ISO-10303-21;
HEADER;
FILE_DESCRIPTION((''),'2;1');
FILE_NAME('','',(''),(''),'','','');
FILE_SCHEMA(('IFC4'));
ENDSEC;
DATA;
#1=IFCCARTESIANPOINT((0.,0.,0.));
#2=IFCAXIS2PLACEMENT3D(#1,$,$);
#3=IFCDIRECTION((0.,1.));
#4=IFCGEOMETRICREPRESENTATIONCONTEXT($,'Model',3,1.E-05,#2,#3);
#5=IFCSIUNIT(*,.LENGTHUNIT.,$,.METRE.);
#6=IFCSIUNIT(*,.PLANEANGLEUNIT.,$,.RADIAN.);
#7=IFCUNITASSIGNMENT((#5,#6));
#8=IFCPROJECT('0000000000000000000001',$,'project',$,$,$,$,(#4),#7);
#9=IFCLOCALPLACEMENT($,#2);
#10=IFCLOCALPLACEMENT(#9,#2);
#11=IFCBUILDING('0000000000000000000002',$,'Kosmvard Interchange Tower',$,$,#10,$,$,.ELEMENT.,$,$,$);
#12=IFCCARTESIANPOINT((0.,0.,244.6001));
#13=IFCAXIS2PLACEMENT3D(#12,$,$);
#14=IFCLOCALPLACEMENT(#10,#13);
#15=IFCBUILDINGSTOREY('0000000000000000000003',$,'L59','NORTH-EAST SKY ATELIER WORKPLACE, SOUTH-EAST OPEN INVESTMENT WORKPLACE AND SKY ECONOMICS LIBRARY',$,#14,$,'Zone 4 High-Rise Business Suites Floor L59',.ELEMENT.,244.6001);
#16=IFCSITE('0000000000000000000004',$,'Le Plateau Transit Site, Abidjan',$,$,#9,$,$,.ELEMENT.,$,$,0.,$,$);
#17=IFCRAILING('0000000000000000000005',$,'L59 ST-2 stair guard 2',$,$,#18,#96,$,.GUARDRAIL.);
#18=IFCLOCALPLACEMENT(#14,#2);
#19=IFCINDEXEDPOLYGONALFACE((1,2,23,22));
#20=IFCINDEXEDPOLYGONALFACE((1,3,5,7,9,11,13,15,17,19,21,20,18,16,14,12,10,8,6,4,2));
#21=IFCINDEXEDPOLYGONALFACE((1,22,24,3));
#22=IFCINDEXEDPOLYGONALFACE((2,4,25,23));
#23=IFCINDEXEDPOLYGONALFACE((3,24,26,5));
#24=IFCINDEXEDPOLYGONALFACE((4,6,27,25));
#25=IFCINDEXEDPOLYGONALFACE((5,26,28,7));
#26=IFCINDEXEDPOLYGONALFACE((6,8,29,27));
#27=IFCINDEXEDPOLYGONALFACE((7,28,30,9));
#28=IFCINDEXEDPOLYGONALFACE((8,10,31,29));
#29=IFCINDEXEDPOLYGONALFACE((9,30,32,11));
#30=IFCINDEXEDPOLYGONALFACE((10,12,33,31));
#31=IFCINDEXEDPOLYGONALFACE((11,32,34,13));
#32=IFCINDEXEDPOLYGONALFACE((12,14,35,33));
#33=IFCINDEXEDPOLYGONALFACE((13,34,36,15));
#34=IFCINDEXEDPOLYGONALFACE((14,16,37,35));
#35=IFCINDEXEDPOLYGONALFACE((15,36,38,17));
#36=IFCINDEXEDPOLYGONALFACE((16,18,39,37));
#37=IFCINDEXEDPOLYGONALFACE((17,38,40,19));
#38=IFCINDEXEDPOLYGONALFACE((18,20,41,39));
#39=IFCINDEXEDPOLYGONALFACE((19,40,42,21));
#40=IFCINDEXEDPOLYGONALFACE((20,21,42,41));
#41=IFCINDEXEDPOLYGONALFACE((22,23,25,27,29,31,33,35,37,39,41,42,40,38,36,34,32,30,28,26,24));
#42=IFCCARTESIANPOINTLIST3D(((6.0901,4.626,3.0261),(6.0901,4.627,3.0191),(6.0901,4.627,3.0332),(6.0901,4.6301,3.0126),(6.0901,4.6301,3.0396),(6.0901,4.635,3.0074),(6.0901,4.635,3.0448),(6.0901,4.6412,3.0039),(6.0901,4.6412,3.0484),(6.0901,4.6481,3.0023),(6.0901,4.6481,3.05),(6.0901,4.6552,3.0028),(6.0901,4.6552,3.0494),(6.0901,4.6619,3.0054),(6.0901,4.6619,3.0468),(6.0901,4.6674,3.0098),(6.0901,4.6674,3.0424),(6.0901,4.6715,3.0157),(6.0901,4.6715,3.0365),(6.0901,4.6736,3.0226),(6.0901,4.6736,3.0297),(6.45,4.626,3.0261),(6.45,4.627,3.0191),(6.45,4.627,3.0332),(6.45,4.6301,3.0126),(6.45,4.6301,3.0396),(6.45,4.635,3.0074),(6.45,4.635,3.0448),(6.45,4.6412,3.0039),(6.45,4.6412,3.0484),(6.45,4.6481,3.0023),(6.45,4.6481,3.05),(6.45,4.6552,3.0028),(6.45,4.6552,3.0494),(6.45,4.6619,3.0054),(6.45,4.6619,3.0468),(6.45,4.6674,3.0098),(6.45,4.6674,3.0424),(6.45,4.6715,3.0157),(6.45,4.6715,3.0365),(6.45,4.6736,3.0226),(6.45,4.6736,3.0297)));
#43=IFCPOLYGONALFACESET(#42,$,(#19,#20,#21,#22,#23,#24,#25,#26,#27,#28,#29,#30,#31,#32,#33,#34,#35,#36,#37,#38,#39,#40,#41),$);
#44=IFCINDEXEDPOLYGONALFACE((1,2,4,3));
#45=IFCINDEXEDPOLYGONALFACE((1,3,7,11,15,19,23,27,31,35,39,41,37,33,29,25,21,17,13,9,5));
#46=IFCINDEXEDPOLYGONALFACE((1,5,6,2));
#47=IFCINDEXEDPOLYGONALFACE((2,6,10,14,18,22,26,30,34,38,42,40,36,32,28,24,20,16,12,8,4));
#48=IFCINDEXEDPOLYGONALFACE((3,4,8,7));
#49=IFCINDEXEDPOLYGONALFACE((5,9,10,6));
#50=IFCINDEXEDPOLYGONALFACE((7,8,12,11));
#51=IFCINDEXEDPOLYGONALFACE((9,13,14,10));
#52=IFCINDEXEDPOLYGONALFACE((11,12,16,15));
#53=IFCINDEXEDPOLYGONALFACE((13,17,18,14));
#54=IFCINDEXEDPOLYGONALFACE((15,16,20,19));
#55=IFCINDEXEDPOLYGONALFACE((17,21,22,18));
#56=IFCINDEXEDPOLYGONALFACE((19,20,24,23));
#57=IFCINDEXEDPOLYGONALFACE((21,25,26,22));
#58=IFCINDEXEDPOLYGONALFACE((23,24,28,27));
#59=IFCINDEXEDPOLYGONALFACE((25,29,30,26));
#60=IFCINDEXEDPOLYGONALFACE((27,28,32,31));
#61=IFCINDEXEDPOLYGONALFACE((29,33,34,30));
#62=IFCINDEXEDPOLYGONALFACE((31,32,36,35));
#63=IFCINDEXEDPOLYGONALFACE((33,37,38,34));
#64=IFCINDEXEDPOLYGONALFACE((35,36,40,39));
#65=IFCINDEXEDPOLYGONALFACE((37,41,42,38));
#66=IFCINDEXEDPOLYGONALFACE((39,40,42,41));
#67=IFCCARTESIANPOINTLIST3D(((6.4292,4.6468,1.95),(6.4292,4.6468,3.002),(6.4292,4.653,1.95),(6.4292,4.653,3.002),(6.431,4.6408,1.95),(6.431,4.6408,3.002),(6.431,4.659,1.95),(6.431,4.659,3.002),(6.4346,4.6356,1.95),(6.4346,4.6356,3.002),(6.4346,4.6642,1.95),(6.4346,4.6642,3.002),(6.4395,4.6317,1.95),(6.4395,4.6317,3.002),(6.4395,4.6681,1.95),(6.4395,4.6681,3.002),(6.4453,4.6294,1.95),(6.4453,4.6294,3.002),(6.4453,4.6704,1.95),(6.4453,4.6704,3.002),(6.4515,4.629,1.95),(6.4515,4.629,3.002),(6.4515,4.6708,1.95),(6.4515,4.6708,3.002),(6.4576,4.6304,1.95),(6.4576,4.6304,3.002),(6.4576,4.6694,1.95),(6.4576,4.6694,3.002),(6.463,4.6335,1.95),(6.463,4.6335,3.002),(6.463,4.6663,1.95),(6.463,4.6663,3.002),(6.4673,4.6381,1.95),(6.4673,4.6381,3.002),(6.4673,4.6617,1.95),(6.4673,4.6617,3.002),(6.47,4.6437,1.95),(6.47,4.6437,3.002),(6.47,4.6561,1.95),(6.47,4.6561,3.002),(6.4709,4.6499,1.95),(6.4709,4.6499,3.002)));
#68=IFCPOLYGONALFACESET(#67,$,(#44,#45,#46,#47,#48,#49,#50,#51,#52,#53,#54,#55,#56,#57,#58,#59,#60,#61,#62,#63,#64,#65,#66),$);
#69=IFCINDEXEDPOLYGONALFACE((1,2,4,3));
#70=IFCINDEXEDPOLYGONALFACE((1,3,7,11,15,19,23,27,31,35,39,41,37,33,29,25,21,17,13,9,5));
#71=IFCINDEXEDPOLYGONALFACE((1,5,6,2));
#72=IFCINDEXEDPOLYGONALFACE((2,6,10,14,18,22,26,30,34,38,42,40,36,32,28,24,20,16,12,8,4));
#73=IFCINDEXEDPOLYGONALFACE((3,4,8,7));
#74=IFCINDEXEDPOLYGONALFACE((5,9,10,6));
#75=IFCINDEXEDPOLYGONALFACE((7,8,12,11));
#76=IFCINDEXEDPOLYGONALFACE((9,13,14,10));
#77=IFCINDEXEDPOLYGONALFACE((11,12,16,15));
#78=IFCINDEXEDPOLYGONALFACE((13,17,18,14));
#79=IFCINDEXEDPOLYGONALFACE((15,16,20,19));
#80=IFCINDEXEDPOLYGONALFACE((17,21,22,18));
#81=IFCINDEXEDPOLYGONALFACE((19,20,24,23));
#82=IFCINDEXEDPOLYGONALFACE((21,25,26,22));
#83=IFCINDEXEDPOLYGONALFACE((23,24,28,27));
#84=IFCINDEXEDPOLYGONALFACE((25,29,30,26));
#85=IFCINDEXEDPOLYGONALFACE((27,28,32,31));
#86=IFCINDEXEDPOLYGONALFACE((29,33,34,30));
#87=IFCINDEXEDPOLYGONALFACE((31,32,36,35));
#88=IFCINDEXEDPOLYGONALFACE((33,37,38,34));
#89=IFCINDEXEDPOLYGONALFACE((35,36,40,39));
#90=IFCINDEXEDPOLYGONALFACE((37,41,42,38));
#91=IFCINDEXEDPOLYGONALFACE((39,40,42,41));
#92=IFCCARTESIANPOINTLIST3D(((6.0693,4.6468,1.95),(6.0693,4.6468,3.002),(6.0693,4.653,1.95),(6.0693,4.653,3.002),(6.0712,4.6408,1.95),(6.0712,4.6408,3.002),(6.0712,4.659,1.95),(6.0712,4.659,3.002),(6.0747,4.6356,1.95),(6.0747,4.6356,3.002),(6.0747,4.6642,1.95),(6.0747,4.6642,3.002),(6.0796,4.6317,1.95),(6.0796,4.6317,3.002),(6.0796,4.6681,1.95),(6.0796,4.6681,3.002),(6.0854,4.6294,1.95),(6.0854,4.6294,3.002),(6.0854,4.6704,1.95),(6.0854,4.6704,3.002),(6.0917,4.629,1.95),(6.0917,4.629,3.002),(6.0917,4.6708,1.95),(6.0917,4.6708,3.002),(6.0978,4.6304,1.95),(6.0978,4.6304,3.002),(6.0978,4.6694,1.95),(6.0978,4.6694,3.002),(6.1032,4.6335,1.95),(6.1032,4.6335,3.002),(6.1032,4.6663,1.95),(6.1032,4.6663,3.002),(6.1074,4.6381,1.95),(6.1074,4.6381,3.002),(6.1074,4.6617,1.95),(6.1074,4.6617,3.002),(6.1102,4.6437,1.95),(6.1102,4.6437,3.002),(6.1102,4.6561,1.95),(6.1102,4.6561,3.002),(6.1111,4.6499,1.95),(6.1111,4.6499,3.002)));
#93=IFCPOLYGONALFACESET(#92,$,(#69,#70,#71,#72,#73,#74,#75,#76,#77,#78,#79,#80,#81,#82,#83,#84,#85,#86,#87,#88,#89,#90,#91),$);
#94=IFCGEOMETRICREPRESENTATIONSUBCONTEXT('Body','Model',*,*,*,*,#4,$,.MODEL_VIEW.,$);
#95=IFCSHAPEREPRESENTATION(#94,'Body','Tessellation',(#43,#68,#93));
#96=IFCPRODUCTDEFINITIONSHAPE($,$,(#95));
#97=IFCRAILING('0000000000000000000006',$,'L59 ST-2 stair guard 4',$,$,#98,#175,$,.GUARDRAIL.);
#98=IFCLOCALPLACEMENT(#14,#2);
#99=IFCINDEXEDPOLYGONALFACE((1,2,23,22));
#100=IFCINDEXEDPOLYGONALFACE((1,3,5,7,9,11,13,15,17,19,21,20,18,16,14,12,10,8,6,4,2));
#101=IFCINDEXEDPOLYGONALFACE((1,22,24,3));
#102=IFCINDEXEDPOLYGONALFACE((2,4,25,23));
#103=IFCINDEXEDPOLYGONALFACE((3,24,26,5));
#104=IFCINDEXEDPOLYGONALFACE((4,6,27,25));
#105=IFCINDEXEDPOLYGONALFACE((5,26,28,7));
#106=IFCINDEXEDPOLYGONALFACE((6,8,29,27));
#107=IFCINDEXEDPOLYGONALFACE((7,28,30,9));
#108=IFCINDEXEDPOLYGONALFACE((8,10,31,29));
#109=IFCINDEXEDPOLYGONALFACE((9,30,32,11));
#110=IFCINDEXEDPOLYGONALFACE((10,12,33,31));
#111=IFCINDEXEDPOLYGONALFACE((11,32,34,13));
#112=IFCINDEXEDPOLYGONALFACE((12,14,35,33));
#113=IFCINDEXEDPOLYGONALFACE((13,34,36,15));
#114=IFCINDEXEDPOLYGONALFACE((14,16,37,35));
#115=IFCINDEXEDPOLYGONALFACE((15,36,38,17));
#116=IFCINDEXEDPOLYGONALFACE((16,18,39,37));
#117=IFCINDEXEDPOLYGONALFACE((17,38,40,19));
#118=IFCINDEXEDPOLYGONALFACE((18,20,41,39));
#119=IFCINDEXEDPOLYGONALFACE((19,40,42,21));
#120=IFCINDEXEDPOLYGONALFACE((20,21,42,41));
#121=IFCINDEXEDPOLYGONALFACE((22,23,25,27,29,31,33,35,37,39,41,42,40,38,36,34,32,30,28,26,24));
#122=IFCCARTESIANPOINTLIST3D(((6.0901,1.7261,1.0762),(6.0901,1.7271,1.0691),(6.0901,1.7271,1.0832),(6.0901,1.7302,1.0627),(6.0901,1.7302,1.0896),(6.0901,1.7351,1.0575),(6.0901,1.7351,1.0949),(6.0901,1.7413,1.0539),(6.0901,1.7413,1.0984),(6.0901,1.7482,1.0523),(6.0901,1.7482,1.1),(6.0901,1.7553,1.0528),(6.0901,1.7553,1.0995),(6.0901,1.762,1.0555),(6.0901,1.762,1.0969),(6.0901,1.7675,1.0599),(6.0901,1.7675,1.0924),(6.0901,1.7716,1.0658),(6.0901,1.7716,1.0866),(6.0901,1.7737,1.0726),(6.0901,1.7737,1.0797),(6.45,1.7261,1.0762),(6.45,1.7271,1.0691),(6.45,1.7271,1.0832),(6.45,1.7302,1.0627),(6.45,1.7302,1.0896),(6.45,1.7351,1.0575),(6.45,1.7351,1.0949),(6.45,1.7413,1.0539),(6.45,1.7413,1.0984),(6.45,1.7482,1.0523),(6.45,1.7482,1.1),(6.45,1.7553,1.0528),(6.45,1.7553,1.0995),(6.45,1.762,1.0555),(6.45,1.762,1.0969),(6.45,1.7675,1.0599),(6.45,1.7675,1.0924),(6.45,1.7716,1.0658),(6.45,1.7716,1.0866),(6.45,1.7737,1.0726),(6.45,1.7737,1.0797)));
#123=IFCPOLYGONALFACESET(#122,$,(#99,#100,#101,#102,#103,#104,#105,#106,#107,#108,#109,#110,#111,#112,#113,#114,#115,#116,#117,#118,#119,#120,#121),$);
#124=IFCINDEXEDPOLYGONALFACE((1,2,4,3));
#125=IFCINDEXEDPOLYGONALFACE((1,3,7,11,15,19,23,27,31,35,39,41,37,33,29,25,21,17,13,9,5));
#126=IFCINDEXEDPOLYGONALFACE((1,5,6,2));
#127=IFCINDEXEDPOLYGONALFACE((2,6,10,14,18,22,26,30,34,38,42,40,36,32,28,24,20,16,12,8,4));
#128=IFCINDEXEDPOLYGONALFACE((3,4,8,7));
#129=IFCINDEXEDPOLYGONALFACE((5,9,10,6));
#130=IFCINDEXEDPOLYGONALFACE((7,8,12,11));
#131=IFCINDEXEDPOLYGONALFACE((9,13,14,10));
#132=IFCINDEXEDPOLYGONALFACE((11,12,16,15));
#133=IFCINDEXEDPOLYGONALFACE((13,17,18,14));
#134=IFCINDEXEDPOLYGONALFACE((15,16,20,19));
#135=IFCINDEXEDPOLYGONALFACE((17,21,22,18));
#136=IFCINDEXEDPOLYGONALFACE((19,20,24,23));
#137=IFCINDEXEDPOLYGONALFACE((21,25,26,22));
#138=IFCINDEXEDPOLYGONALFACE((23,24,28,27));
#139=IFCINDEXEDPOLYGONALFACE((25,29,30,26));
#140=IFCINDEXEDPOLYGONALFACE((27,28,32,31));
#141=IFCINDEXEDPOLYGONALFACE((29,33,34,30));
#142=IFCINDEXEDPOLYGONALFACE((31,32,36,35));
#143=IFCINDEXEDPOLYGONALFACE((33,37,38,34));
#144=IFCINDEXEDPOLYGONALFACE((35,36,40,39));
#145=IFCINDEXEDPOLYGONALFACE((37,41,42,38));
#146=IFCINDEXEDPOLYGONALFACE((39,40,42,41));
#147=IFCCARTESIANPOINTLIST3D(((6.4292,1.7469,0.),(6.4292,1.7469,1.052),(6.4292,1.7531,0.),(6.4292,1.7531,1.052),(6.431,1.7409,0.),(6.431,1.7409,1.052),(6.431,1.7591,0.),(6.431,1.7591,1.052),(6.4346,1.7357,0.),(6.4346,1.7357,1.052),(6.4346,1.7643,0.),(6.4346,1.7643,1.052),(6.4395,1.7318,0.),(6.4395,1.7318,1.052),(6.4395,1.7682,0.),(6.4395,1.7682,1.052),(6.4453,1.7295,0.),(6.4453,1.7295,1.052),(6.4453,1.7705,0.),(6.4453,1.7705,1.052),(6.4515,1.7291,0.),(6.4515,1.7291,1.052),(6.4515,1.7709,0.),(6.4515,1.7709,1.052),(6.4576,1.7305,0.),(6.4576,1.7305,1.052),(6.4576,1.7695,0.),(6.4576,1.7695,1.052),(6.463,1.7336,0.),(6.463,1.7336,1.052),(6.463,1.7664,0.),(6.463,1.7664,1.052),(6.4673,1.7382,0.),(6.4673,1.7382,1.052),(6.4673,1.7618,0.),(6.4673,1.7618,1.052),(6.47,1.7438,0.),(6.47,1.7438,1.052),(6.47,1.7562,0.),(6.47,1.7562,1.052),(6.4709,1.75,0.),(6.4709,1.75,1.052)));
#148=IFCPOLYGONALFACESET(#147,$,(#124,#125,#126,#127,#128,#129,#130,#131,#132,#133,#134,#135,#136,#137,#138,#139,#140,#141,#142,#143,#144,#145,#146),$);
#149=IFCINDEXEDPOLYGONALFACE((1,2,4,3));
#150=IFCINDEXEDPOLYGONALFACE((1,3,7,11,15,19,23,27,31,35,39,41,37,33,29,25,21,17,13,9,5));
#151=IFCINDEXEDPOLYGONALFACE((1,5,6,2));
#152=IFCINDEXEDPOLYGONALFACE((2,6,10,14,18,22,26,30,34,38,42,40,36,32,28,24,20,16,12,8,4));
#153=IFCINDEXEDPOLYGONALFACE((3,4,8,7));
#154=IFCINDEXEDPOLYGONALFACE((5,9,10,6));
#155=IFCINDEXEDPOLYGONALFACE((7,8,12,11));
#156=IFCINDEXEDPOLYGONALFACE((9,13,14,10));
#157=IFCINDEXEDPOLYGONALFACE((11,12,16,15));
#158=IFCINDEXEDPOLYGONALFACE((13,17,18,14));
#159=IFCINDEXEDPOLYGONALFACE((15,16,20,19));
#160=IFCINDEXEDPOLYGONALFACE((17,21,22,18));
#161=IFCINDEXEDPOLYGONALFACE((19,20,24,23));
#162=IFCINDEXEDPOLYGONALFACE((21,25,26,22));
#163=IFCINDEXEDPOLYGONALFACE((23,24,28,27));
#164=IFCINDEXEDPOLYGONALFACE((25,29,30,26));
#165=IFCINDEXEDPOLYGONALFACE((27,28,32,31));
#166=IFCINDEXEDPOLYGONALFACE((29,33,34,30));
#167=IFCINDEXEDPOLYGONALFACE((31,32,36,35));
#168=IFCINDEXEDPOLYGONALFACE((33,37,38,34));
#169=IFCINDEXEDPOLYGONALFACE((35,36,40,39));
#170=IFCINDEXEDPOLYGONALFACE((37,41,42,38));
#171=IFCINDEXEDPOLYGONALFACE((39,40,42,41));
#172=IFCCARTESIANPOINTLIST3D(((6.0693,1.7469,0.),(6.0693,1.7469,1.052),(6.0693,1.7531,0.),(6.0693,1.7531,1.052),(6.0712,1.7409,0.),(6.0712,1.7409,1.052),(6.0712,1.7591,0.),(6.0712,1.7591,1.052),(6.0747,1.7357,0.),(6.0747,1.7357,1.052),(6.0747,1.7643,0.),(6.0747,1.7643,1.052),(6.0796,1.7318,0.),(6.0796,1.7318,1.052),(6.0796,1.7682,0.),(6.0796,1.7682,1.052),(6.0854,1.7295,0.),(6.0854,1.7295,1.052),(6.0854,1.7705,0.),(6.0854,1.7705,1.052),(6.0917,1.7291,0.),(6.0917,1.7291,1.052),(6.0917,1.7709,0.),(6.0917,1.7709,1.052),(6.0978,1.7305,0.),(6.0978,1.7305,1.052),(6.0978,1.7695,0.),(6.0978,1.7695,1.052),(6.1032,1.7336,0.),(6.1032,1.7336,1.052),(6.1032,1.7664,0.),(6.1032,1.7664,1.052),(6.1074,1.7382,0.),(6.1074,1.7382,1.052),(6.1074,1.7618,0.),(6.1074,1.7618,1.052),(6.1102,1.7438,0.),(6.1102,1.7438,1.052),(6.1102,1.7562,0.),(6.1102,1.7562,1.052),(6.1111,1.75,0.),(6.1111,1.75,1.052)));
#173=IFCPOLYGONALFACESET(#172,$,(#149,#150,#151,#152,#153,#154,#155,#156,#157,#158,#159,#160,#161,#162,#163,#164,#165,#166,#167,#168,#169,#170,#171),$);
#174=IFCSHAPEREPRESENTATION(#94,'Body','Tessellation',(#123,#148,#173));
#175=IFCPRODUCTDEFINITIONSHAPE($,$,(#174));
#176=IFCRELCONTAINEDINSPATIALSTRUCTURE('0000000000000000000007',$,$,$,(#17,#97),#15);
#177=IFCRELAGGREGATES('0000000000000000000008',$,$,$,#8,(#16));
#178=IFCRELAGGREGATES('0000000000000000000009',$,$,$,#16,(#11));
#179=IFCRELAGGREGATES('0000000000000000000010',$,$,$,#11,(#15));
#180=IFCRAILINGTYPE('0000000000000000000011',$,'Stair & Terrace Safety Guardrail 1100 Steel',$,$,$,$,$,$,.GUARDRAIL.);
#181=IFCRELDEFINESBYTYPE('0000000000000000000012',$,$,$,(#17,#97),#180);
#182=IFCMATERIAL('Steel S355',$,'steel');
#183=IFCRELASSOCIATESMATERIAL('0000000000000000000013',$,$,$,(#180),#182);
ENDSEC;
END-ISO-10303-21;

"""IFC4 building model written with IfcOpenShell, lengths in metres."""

from ifc_helpers import new_model, si_unit, direction, frame, origin, origin_2d, place, context, subcontext, project, spatial, circle, extrude, source, transform, mapped, material, type_object, element, save


model = new_model("IFC4")

# Units and contexts
model_context = context("Model", 3, precision=1e-05, world=origin(), true_north=direction((0.0, 1.0)))
body_context = subcontext(model_context, "Body", "Model", "MODEL_VIEW")
ifc_project = project(units=[si_unit("LENGTHUNIT", "METRE"), si_unit("PLANEANGLEUNIT", "RADIAN")], contexts=[model_context])

# Site, building, storey
site_placement = place(None, origin())
site = spatial("IfcSite", under=ifc_project, at=site_placement, Name="Le Plateau Transit Site, Abidjan", CompositionType="ELEMENT", RefElevation=0.0)
building_placement = place(site_placement, origin())
building = spatial("IfcBuilding", under=site, at=building_placement, Name="Kosmvard Interchange Tower", CompositionType="ELEMENT")
storey_placement = place(building_placement, frame((0.0, 0.0, 244.6001)))
storey = spatial("IfcBuildingStorey", under=building, at=storey_placement, Name="L59", Description="NORTH-EAST SKY ATELIER WORKPLACE, SOUTH-EAST OPEN INVESTMENT WORKPLACE AND SKY ECONOMICS LIBRARY", LongName="Zone 4 High-Rise Business Suites Floor L59", CompositionType="ELEMENT", Elevation=244.6001)

# Shared definitions
ifc_material_1 = material(Name="Steel S355", Category="steel")

# Railings
railing_type_1 = type_object("IfcRailingType", Name="Stair & Terrace Safety Guardrail 1100 Steel", PredefinedType="GUARDRAIL", material=ifc_material_1)
shared_shape_1 = source(origin(), body_context, "Body", "SweptSolid", [
    extrude(circle(Radius=0.0239, at=origin_2d()), frame((0.0, 0.0, 1.0762), z_axis=(-1.0, 0.0, 0.0), x_axis=(0.0, -1.0, 0.0)), (0.0, 0.0, 1.0), 0.3599),
    extrude(circle(Radius=0.021, at=origin_2d()), origin(), (0.0, 0.0, 1.0), 1.052),
    extrude(circle(Radius=0.021, at=origin_2d()), frame((-0.3599, 0.0, 0.0)), (0.0, 0.0, 1.0), 1.052),
])
for number, where, name in (
    (1, (6.45, 4.6499, 1.95), "L59 ST-2 stair guard 2"),
    (2, (6.45, 1.75, 0.0), "L59 ST-2 stair guard 4"),
):
    element("IfcRailing", number, at=place(storey_placement, frame(where)), inside=storey, type_object=railing_type_1, Name=name, PredefinedType="GUARDRAIL", context=body_context, shape_type="MappedRepresentation", body=[
        mapped(shared_shape_1, transform((0.0, 0.0, 0.0), scale=1.0)),
    ])

save(model, "model.ifc")
